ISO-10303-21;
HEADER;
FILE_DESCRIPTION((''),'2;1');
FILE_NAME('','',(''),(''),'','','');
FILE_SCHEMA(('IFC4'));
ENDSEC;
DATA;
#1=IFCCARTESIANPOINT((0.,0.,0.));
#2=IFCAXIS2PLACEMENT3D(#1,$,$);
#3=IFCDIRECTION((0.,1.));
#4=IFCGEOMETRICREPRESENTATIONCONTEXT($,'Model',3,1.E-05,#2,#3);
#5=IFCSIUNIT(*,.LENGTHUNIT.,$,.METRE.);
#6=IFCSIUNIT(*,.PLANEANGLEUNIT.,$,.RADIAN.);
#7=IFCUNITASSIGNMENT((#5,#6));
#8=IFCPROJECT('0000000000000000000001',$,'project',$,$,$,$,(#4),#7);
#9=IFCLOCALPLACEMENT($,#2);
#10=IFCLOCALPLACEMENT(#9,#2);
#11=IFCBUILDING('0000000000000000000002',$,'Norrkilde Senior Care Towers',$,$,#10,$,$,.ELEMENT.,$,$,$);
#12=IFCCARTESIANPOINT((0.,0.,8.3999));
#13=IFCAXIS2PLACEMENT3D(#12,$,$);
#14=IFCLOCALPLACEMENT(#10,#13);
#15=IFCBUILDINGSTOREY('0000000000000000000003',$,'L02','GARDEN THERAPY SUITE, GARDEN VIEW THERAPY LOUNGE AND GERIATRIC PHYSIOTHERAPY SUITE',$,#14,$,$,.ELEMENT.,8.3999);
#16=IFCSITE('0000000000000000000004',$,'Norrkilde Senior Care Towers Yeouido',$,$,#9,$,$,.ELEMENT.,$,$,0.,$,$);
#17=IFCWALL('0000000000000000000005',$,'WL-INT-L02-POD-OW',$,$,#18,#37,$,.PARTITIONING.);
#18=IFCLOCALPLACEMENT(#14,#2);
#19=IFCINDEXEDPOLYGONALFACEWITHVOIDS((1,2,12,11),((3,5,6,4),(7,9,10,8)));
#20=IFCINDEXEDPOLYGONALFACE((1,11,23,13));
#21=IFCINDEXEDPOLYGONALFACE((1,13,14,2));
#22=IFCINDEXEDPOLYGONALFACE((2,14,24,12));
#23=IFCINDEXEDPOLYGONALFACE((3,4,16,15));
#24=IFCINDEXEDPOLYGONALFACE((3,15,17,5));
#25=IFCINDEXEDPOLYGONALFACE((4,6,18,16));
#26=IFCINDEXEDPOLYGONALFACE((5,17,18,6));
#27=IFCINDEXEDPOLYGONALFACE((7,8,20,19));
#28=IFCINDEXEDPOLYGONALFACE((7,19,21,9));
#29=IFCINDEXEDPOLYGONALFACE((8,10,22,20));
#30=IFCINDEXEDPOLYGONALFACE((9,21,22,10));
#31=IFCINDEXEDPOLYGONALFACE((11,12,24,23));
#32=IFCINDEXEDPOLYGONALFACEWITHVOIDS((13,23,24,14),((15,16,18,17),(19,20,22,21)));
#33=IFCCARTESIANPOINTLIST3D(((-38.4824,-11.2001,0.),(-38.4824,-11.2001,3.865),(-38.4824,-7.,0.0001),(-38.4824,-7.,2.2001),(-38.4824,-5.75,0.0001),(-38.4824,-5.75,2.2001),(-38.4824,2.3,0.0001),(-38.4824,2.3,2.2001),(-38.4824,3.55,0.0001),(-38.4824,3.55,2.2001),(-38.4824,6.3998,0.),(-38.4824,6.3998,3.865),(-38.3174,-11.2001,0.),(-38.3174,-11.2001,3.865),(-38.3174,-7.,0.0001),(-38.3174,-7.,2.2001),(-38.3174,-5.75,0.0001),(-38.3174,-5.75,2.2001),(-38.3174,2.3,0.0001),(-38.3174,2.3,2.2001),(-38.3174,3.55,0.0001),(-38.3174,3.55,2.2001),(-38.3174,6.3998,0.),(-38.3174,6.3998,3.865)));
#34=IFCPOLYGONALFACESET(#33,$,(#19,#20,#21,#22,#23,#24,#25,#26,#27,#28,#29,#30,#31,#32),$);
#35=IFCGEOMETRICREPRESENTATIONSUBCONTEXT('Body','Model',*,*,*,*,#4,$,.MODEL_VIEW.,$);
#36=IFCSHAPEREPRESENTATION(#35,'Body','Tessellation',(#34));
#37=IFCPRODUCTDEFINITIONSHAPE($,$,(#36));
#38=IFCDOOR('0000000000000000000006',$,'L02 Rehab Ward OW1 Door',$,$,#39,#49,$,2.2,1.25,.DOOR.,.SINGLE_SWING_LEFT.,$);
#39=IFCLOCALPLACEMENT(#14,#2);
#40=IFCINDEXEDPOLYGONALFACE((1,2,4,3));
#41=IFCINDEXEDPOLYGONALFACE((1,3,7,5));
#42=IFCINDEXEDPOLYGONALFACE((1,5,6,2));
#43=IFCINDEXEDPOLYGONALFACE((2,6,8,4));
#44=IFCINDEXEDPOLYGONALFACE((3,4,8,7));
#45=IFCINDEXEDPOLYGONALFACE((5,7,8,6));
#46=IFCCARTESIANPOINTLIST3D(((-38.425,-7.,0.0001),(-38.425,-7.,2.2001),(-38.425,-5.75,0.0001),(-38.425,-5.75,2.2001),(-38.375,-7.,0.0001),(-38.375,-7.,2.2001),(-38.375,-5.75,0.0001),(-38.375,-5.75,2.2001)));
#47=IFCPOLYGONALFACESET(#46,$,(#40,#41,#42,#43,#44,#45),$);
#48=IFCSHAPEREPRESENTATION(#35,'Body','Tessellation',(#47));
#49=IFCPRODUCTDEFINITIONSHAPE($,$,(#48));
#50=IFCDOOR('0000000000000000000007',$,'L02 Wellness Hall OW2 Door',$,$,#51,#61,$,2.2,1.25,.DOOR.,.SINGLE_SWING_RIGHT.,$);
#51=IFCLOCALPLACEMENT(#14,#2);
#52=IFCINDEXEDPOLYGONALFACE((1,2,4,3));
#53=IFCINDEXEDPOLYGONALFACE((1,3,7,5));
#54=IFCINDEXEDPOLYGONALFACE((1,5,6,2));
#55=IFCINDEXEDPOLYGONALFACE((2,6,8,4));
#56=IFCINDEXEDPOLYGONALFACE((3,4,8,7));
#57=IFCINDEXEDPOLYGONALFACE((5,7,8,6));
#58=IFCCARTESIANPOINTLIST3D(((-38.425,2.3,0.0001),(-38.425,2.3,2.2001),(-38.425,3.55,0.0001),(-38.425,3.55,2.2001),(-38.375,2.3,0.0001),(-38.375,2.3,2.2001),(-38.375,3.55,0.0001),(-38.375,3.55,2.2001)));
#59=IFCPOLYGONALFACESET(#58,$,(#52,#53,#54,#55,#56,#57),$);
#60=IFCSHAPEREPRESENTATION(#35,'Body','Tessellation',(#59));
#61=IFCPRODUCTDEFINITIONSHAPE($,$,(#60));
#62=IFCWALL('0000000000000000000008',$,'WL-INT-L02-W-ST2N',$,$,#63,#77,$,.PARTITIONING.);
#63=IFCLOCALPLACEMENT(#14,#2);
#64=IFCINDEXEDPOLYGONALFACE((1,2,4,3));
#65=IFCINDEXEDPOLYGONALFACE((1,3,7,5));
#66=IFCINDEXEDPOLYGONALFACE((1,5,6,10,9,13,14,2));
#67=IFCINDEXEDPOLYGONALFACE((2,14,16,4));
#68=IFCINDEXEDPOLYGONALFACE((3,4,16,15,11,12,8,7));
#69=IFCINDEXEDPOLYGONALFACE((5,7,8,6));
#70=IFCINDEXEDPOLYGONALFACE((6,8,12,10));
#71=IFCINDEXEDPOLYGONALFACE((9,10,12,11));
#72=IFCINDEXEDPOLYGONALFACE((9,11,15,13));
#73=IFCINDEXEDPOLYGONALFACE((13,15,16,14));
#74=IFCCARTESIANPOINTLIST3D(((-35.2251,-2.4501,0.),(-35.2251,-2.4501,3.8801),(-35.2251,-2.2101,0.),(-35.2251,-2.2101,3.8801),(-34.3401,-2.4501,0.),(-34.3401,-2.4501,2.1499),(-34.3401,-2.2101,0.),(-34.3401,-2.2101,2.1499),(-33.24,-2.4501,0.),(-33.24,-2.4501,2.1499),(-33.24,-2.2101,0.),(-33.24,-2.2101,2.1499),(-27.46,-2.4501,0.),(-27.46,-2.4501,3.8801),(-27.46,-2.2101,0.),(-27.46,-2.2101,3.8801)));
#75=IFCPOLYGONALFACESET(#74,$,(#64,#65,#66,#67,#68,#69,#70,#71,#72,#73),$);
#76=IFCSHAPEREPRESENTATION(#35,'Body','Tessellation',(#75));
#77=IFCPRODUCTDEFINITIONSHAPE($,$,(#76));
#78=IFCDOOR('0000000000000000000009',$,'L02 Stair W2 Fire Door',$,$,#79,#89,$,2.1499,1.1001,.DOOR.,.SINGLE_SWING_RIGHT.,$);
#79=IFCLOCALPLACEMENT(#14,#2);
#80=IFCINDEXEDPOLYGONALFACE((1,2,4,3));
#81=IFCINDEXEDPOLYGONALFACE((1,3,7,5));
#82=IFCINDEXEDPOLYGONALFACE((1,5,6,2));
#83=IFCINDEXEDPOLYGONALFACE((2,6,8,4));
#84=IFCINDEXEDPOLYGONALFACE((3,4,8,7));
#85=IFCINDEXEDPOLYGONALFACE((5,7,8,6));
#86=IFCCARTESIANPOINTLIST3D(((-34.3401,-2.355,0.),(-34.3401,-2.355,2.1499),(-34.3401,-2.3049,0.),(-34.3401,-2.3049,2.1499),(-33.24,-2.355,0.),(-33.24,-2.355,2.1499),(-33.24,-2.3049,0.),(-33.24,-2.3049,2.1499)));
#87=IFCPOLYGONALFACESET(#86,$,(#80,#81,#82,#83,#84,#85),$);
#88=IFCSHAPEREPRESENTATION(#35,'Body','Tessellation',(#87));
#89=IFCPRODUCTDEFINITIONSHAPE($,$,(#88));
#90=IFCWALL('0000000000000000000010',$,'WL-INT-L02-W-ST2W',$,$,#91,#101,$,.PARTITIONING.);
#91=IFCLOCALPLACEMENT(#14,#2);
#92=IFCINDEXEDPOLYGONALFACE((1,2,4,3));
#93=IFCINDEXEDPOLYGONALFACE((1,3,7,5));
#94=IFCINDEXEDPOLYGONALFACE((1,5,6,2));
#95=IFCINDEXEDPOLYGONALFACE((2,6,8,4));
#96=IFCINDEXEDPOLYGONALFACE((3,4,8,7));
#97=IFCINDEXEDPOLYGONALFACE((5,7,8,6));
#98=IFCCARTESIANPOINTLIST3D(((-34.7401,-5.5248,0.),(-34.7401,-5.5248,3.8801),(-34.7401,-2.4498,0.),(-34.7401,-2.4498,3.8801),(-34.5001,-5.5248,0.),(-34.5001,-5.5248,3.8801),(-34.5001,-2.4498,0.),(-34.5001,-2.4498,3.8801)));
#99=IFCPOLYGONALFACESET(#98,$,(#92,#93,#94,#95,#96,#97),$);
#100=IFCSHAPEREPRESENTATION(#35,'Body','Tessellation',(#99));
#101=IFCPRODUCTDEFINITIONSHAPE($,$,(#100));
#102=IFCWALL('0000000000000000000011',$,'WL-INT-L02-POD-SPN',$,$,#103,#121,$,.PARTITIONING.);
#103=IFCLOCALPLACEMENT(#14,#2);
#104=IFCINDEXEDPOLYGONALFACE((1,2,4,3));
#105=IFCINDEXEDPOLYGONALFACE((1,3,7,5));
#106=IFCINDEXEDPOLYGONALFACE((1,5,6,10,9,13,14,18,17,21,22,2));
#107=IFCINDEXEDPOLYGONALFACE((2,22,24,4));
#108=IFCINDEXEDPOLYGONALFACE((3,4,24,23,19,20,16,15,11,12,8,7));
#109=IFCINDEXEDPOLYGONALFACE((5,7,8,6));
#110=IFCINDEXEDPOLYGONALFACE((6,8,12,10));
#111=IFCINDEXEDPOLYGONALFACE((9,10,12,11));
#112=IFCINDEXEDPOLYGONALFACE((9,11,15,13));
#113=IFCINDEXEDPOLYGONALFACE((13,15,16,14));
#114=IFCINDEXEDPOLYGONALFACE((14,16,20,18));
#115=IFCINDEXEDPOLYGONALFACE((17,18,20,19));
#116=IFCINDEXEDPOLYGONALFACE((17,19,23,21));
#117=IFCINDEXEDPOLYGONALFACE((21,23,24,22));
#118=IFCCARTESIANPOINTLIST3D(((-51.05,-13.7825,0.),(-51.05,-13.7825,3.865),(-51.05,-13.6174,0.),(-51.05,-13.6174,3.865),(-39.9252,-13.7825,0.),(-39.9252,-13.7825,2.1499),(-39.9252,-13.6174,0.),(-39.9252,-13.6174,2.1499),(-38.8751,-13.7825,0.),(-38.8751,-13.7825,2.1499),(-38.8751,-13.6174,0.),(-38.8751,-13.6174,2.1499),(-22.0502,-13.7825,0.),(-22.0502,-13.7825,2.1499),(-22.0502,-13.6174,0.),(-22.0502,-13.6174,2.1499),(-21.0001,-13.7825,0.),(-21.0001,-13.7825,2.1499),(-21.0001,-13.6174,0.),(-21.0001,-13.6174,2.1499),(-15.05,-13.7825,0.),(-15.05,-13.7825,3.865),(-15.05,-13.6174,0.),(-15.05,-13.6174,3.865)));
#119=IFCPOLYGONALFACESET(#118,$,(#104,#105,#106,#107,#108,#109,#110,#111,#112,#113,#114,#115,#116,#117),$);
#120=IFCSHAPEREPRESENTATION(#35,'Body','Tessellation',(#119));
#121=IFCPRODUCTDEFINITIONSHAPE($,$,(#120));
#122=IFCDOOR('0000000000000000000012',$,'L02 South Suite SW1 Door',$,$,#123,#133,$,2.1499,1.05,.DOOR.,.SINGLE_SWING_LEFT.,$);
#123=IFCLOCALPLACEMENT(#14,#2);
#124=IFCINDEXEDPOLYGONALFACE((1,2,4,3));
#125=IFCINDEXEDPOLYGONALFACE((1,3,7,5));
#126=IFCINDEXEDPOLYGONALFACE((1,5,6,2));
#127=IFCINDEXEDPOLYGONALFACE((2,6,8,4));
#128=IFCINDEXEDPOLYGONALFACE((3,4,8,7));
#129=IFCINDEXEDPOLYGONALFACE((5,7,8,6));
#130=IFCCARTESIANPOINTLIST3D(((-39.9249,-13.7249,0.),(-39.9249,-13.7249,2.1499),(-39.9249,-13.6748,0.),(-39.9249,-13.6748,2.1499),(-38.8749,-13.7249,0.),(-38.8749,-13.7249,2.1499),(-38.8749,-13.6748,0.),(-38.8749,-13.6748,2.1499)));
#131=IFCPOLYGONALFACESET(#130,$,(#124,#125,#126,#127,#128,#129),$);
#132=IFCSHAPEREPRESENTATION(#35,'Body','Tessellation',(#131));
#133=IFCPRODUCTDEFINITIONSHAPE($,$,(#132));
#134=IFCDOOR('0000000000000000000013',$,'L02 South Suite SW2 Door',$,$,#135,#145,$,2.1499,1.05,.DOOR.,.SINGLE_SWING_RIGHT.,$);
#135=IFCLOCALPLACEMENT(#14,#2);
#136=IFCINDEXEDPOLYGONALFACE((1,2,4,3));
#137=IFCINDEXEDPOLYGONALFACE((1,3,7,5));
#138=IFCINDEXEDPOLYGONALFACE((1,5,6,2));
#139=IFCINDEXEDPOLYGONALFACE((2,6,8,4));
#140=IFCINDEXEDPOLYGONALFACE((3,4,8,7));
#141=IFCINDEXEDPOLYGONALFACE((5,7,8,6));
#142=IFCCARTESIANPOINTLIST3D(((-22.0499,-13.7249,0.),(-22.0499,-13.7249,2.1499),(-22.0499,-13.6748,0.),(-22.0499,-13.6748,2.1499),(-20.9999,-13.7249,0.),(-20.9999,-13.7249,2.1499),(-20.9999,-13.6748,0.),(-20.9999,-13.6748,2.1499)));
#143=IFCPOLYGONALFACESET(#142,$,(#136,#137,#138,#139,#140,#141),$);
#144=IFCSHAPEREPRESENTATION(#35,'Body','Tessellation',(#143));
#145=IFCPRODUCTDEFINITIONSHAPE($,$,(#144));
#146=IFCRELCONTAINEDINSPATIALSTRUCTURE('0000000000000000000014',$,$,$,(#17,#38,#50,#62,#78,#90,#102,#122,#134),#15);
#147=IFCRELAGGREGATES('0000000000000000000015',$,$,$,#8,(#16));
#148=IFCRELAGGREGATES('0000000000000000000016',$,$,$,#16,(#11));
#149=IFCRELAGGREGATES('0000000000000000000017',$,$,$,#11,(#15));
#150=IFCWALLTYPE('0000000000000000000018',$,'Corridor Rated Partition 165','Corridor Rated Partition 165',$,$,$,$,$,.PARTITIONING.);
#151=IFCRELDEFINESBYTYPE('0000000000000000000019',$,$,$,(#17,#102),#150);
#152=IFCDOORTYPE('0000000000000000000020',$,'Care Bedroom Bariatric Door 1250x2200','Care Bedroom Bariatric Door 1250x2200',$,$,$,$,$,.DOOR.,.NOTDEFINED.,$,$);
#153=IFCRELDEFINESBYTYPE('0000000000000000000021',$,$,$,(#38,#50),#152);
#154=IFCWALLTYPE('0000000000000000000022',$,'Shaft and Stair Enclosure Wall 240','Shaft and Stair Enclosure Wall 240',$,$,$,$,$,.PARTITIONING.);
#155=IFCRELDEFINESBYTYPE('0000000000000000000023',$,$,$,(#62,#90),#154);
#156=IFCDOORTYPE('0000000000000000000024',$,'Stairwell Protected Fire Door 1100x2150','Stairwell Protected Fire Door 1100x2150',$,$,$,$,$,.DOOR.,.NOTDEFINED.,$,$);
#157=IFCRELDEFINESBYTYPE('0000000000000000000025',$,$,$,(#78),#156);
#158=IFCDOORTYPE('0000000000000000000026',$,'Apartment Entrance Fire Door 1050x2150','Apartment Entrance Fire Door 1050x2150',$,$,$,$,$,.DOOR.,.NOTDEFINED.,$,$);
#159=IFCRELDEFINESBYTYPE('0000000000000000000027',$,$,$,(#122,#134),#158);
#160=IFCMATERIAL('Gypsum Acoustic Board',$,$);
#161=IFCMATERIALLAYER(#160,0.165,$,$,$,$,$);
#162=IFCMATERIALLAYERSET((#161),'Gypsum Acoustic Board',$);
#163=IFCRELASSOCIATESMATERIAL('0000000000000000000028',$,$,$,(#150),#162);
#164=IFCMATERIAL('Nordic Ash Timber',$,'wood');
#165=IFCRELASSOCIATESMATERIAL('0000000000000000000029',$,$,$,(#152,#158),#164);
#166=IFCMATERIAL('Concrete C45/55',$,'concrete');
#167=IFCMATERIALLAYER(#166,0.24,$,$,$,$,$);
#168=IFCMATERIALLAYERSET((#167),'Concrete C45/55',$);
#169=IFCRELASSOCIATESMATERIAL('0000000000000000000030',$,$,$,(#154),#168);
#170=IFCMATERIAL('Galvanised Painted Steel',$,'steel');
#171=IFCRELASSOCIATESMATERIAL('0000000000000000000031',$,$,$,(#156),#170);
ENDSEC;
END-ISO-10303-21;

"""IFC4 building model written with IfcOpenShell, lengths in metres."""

from ifc_helpers import new_model, si_unit, direction, frame, frame_2d, origin, place, context, subcontext, project, spatial, rectangle, extrude, source, transform, mapped, material, layer, layer_set, type_object, type_shapes, element, fill, save


model = new_model("IFC4")

# Units and contexts
model_context = context("Model", 3, precision=1e-05, world=origin(), true_north=direction((0.0, 1.0)))
body_context = subcontext(model_context, "Body", "Model", "MODEL_VIEW")
ifc_project = project(units=[si_unit("LENGTHUNIT", "METRE"), si_unit("PLANEANGLEUNIT", "RADIAN")], contexts=[model_context])

# Site, building, storey
site_placement = place(None, origin())
site = spatial("IfcSite", under=ifc_project, at=site_placement, Name="Norrkilde Senior Care Towers Yeouido", CompositionType="ELEMENT", RefElevation=0.0)
building_placement = place(site_placement, origin())
building = spatial("IfcBuilding", under=site, at=building_placement, Name="Norrkilde Senior Care Towers", CompositionType="ELEMENT")
storey_placement = place(building_placement, frame((0.0, 0.0, 8.3999)))
storey = spatial("IfcBuildingStorey", under=building, at=storey_placement, Name="L02", Description="GARDEN THERAPY SUITE, GARDEN VIEW THERAPY LOUNGE AND GERIATRIC PHYSIOTHERAPY SUITE", CompositionType="ELEMENT", Elevation=8.3999)

# Shared definitions
ifc_material_1 = material(Name="Galvanised Painted Steel", Category="steel")

# Wall, openings, doors
ifc_material_2 = material(Name="Gypsum Acoustic Board")
ifc_layer_1 = layer(ifc_material_2, 0.165)
ifc_layer_set_1 = layer_set([ifc_layer_1], Name="Gypsum Acoustic Board")
wall_type_1 = type_object("IfcWallType", Name="Corridor Rated Partition 165", Description="Corridor Rated Partition 165", PredefinedType="PARTITIONING", material=ifc_layer_set_1)
shared_shape_1 = source(origin(), body_context, "Body", "SweptSolid", [
    extrude(rectangle(XDim=17.5999, YDim=0.165, at=frame_2d((8.7998, 0.0))), origin(), (0.0, 0.0, 1.0), 3.865),
])
wall_1_placement = place(storey_placement, frame((-38.3999, -11.2, 0.0), z_axis=(0.0, 0.0, 1.0), x_axis=(0.0, 1.0, 0.0)))
wall_1 = element("IfcWall", 1, at=wall_1_placement, inside=storey, type_object=wall_type_1, Name="WL-INT-L02-POD-OW", PredefinedType="PARTITIONING", context=body_context, shape_type="MappedRepresentation", body=[
    mapped(shared_shape_1, transform((0.0, 0.0, 0.0), x_axis=(1.0, 0.0, 0.0), y_axis=(0.0, 1.0, 0.0), z_axis=(0.0, 0.0, 1.0), scale=1.0)),
])
opening_1_placement = place(wall_1_placement, frame((4.2, 0.0, 0.0)))
opening_1 = element("IfcOpeningElement", 2, at=opening_1_placement, cuts=wall_1, PredefinedType="OPENING", context=body_context, shape_type="SweptSolid", body=[
    extrude(rectangle(XDim=1.25, YDim=2.2, at=frame_2d((0.625, 1.1001))), frame((0.0, 0.0925, 0.0), z_axis=(0.0, -1.0, 0.0), x_axis=(1.0, 0.0, 0.0)), (0.0, 0.0, 1.0), 0.1851),
])
opening_2_placement = place(wall_1_placement, frame((13.5, 0.0, 0.0)))
opening_2 = element("IfcOpeningElement", 3, at=opening_2_placement, cuts=wall_1, PredefinedType="OPENING", context=body_context, shape_type="SweptSolid", body=[
    extrude(rectangle(XDim=1.25, YDim=2.2, at=frame_2d((0.625, 1.1001))), frame((0.0, 0.0925, 0.0), z_axis=(0.0, -1.0, 0.0), x_axis=(1.0, 0.0, 0.0)), (0.0, 0.0, 1.0), 0.1851),
])
ifc_material_3 = material(Name="Nordic Ash Timber", Category="wood")
door_type_1 = type_object("IfcDoorType", Name="Care Bedroom Bariatric Door 1250x2200", Description="Care Bedroom Bariatric Door 1250x2200", OperationType="NOTDEFINED", PredefinedType="DOOR", material=ifc_material_3)
shared_shape_2 = source(origin(), body_context, "Body", "SweptSolid", [
    extrude(rectangle(XDim=1.25, YDim=2.2, at=frame_2d((0.625, 1.1001))), frame((0.0, 0.0249, 0.0), z_axis=(0.0, -1.0, 0.0), x_axis=(1.0, 0.0, 0.0)), (0.0, 0.0, 1.0), 0.05),
])
type_shapes(door_type_1, [shared_shape_2])
door_1_placement = place(opening_1_placement, frame((1.25, 0.0, 0.0), z_axis=(0.0, 0.0, 1.0), x_axis=(-1.0, 0.0, 0.0)))
door_1 = element("IfcDoor", 4, at=door_1_placement, inside=storey, type_object=door_type_1, Name="L02 Rehab Ward OW1 Door", OperationType="SINGLE_SWING_LEFT", OverallHeight=2.2, OverallWidth=1.25, PredefinedType="DOOR", context=body_context, shape_type="MappedRepresentation", body=[
    mapped(shared_shape_2, transform((0.0, 0.0, 0.0), x_axis=(1.0, 0.0, 0.0), y_axis=(0.0, 1.0, 0.0), z_axis=(0.0, 0.0, 1.0), scale=1.0)),
])
fill(opening_1, door_1)
door_2_placement = place(opening_2_placement, frame((1.25, 0.0, 0.0), z_axis=(0.0, 0.0, 1.0), x_axis=(-1.0, 0.0, 0.0)))
door_2 = element("IfcDoor", 5, at=door_2_placement, inside=storey, type_object=door_type_1, Name="L02 Wellness Hall OW2 Door", OperationType="SINGLE_SWING_RIGHT", OverallHeight=2.2, OverallWidth=1.25, PredefinedType="DOOR", context=body_context, shape_type="MappedRepresentation", body=[
    mapped(shared_shape_2, transform((0.0, 0.0, 0.0), x_axis=(1.0, 0.0, 0.0), y_axis=(0.0, 1.0, 0.0), z_axis=(0.0, 0.0, 1.0), scale=1.0)),
])
fill(opening_2, door_2)

# Wall, opening, door
ifc_material_4 = material(Name="Concrete C45/55", Category="concrete")
ifc_layer_2 = layer(ifc_material_4, 0.24)
ifc_layer_set_2 = layer_set([ifc_layer_2], Name="Concrete C45/55")
wall_type_2 = type_object("IfcWallType", Name="Shaft and Stair Enclosure Wall 240", Description="Shaft and Stair Enclosure Wall 240", PredefinedType="PARTITIONING", material=ifc_layer_set_2)
shared_shape_3 = source(origin(), body_context, "Body", "SweptSolid", [
    extrude(rectangle(XDim=7.7651, YDim=0.24, at=frame_2d((3.8826, 0.0))), origin(), (0.0, 0.0, 1.0), 3.8801),
])
wall_2_placement = place(storey_placement, frame((-35.2251, -2.3301, 0.0), z_axis=(0.0, 0.0, 1.0), x_axis=(1.0, 0.0, 0.0)))
wall_2 = element("IfcWall", 6, at=wall_2_placement, inside=storey, type_object=wall_type_2, Name="WL-INT-L02-W-ST2N", PredefinedType="PARTITIONING", context=body_context, shape_type="MappedRepresentation", body=[
    mapped(shared_shape_3, transform((0.0, 0.0, 0.0), x_axis=(1.0, 0.0, 0.0), y_axis=(0.0, 1.0, 0.0), z_axis=(0.0, 0.0, 1.0), scale=1.0)),
])
opening_3_placement = place(wall_2_placement, frame((0.885, 0.0, 0.0)))
opening_3 = element("IfcOpeningElement", 7, at=opening_3_placement, cuts=wall_2, PredefinedType="OPENING", context=body_context, shape_type="SweptSolid", body=[
    extrude(rectangle(XDim=1.1001, YDim=2.1499, at=frame_2d((0.55, 1.075))), frame((0.0, 0.1299, 0.0), z_axis=(0.0, -1.0, 0.0), x_axis=(1.0, 0.0, 0.0)), (0.0, 0.0, 1.0), 0.26),
])
door_type_2 = type_object("IfcDoorType", Name="Stairwell Protected Fire Door 1100x2150", Description="Stairwell Protected Fire Door 1100x2150", OperationType="NOTDEFINED", PredefinedType="DOOR", material=ifc_material_1)
shared_shape_4 = source(origin(), body_context, "Body", "SweptSolid", [
    extrude(rectangle(XDim=1.1001, YDim=2.1499, at=frame_2d((0.55, 1.075))), frame((0.0, 0.0249, 0.0), z_axis=(0.0, -1.0, 0.0), x_axis=(1.0, 0.0, 0.0)), (0.0, 0.0, 1.0), 0.05),
])
type_shapes(door_type_2, [shared_shape_4])
door_3_placement = place(opening_3_placement, frame((1.1001, 0.0, 0.0), z_axis=(0.0, 0.0, 1.0), x_axis=(-1.0, 0.0, 0.0)))
door_3 = element("IfcDoor", 8, at=door_3_placement, inside=storey, type_object=door_type_2, Name="L02 Stair W2 Fire Door", OperationType="SINGLE_SWING_RIGHT", OverallHeight=2.1499, OverallWidth=1.1001, PredefinedType="DOOR", context=body_context, shape_type="MappedRepresentation", body=[
    mapped(shared_shape_4, transform((0.0, 0.0, 0.0), x_axis=(1.0, 0.0, 0.0), y_axis=(0.0, 1.0, 0.0), z_axis=(0.0, 0.0, 1.0), scale=1.0)),
])
fill(opening_3, door_3)

# Wall
shared_shape_5 = source(origin(), body_context, "Body", "SweptSolid", [
    extrude(rectangle(XDim=3.075, YDim=0.24, at=frame_2d((1.5376, 0.0))), origin(), (0.0, 0.0, 1.0), 3.8801),
])
type_shapes(wall_type_2, [shared_shape_3, shared_shape_5])
wall_3_placement = place(storey_placement, frame((-34.6201, -5.5249, 0.0), z_axis=(0.0, 0.0, 1.0), x_axis=(0.0, 1.0, 0.0)))
element("IfcWall", 9, at=wall_3_placement, inside=storey, type_object=wall_type_2, Name="WL-INT-L02-W-ST2W", PredefinedType="PARTITIONING", context=body_context, shape_type="MappedRepresentation", body=[
    mapped(shared_shape_5, transform((0.0, 0.0, 0.0), x_axis=(1.0, 0.0, 0.0), y_axis=(0.0, 1.0, 0.0), z_axis=(0.0, 0.0, 1.0), scale=1.0)),
])

# Wall, openings, doors
shared_shape_6 = source(origin(), body_context, "Body", "SweptSolid", [
    extrude(rectangle(XDim=36.0, YDim=0.165, at=frame_2d((18.0, 0.0))), origin(), (0.0, 0.0, 1.0), 3.865),
])
type_shapes(wall_type_1, [shared_shape_1, shared_shape_6])
wall_4_placement = place(storey_placement, frame((-51.05, -13.7, 0.0), z_axis=(0.0, 0.0, 1.0), x_axis=(1.0, 0.0, 0.0)))
wall_4 = element("IfcWall", 10, at=wall_4_placement, inside=storey, type_object=wall_type_1, Name="WL-INT-L02-POD-SPN", PredefinedType="PARTITIONING", context=body_context, shape_type="MappedRepresentation", body=[
    mapped(shared_shape_6, transform((0.0, 0.0, 0.0), x_axis=(1.0, 0.0, 0.0), y_axis=(0.0, 1.0, 0.0), z_axis=(0.0, 0.0, 1.0), scale=1.0)),
])
opening_4_placement = place(wall_4_placement, frame((11.125, 0.0, 0.0)))
opening_4 = element("IfcOpeningElement", 11, at=opening_4_placement, cuts=wall_4, PredefinedType="OPENING", context=body_context, shape_type="SweptSolid", body=[
    extrude(rectangle(XDim=1.05, YDim=2.1499, at=frame_2d((0.5249, 1.075))), frame((0.0, 0.0925, 0.0), z_axis=(0.0, -1.0, 0.0), x_axis=(1.0, 0.0, 0.0)), (0.0, 0.0, 1.0), 0.1851),
])
opening_5_placement = place(wall_4_placement, frame((29.0, 0.0, 0.0)))
opening_5 = element("IfcOpeningElement", 12, at=opening_5_placement, cuts=wall_4, PredefinedType="OPENING", context=body_context, shape_type="SweptSolid", body=[
    extrude(rectangle(XDim=1.05, YDim=2.1499, at=frame_2d((0.5249, 1.075))), frame((0.0, 0.0925, 0.0), z_axis=(0.0, -1.0, 0.0), x_axis=(1.0, 0.0, 0.0)), (0.0, 0.0, 1.0), 0.1851),
])
door_type_3 = type_object("IfcDoorType", Name="Apartment Entrance Fire Door 1050x2150", Description="Apartment Entrance Fire Door 1050x2150", OperationType="NOTDEFINED", PredefinedType="DOOR", material=ifc_material_3)
shared_shape_7 = source(origin(), body_context, "Body", "SweptSolid", [
    extrude(rectangle(XDim=1.05, YDim=2.1499, at=frame_2d((0.5249, 1.075))), frame((0.0, 0.0249, 0.0), z_axis=(0.0, -1.0, 0.0), x_axis=(1.0, 0.0, 0.0)), (0.0, 0.0, 1.0), 0.05),
])
type_shapes(door_type_3, [shared_shape_7])
door_4_placement = place(opening_4_placement, frame((1.05, 0.0, 0.0), z_axis=(0.0, 0.0, 1.0), x_axis=(-1.0, 0.0, 0.0)))
door_4 = element("IfcDoor", 13, at=door_4_placement, inside=storey, type_object=door_type_3, Name="L02 South Suite SW1 Door", OperationType="SINGLE_SWING_LEFT", OverallHeight=2.1499, OverallWidth=1.05, PredefinedType="DOOR", context=body_context, shape_type="MappedRepresentation", body=[
    mapped(shared_shape_7, transform((0.0, 0.0, 0.0), x_axis=(1.0, 0.0, 0.0), y_axis=(0.0, 1.0, 0.0), z_axis=(0.0, 0.0, 1.0), scale=1.0)),
])
fill(opening_4, door_4)
door_5_placement = place(opening_5_placement, frame((1.05, 0.0, 0.0), z_axis=(0.0, 0.0, 1.0), x_axis=(-1.0, 0.0, 0.0)))
door_5 = element("IfcDoor", 14, at=door_5_placement, inside=storey, type_object=door_type_3, Name="L02 South Suite SW2 Door", OperationType="SINGLE_SWING_RIGHT", OverallHeight=2.1499, OverallWidth=1.05, PredefinedType="DOOR", context=body_context, shape_type="MappedRepresentation", body=[
    mapped(shared_shape_7, transform((0.0, 0.0, 0.0), x_axis=(1.0, 0.0, 0.0), y_axis=(0.0, 1.0, 0.0), z_axis=(0.0, 0.0, 1.0), scale=1.0)),
])
fill(opening_5, door_5)

save(model, "model.ifc")
